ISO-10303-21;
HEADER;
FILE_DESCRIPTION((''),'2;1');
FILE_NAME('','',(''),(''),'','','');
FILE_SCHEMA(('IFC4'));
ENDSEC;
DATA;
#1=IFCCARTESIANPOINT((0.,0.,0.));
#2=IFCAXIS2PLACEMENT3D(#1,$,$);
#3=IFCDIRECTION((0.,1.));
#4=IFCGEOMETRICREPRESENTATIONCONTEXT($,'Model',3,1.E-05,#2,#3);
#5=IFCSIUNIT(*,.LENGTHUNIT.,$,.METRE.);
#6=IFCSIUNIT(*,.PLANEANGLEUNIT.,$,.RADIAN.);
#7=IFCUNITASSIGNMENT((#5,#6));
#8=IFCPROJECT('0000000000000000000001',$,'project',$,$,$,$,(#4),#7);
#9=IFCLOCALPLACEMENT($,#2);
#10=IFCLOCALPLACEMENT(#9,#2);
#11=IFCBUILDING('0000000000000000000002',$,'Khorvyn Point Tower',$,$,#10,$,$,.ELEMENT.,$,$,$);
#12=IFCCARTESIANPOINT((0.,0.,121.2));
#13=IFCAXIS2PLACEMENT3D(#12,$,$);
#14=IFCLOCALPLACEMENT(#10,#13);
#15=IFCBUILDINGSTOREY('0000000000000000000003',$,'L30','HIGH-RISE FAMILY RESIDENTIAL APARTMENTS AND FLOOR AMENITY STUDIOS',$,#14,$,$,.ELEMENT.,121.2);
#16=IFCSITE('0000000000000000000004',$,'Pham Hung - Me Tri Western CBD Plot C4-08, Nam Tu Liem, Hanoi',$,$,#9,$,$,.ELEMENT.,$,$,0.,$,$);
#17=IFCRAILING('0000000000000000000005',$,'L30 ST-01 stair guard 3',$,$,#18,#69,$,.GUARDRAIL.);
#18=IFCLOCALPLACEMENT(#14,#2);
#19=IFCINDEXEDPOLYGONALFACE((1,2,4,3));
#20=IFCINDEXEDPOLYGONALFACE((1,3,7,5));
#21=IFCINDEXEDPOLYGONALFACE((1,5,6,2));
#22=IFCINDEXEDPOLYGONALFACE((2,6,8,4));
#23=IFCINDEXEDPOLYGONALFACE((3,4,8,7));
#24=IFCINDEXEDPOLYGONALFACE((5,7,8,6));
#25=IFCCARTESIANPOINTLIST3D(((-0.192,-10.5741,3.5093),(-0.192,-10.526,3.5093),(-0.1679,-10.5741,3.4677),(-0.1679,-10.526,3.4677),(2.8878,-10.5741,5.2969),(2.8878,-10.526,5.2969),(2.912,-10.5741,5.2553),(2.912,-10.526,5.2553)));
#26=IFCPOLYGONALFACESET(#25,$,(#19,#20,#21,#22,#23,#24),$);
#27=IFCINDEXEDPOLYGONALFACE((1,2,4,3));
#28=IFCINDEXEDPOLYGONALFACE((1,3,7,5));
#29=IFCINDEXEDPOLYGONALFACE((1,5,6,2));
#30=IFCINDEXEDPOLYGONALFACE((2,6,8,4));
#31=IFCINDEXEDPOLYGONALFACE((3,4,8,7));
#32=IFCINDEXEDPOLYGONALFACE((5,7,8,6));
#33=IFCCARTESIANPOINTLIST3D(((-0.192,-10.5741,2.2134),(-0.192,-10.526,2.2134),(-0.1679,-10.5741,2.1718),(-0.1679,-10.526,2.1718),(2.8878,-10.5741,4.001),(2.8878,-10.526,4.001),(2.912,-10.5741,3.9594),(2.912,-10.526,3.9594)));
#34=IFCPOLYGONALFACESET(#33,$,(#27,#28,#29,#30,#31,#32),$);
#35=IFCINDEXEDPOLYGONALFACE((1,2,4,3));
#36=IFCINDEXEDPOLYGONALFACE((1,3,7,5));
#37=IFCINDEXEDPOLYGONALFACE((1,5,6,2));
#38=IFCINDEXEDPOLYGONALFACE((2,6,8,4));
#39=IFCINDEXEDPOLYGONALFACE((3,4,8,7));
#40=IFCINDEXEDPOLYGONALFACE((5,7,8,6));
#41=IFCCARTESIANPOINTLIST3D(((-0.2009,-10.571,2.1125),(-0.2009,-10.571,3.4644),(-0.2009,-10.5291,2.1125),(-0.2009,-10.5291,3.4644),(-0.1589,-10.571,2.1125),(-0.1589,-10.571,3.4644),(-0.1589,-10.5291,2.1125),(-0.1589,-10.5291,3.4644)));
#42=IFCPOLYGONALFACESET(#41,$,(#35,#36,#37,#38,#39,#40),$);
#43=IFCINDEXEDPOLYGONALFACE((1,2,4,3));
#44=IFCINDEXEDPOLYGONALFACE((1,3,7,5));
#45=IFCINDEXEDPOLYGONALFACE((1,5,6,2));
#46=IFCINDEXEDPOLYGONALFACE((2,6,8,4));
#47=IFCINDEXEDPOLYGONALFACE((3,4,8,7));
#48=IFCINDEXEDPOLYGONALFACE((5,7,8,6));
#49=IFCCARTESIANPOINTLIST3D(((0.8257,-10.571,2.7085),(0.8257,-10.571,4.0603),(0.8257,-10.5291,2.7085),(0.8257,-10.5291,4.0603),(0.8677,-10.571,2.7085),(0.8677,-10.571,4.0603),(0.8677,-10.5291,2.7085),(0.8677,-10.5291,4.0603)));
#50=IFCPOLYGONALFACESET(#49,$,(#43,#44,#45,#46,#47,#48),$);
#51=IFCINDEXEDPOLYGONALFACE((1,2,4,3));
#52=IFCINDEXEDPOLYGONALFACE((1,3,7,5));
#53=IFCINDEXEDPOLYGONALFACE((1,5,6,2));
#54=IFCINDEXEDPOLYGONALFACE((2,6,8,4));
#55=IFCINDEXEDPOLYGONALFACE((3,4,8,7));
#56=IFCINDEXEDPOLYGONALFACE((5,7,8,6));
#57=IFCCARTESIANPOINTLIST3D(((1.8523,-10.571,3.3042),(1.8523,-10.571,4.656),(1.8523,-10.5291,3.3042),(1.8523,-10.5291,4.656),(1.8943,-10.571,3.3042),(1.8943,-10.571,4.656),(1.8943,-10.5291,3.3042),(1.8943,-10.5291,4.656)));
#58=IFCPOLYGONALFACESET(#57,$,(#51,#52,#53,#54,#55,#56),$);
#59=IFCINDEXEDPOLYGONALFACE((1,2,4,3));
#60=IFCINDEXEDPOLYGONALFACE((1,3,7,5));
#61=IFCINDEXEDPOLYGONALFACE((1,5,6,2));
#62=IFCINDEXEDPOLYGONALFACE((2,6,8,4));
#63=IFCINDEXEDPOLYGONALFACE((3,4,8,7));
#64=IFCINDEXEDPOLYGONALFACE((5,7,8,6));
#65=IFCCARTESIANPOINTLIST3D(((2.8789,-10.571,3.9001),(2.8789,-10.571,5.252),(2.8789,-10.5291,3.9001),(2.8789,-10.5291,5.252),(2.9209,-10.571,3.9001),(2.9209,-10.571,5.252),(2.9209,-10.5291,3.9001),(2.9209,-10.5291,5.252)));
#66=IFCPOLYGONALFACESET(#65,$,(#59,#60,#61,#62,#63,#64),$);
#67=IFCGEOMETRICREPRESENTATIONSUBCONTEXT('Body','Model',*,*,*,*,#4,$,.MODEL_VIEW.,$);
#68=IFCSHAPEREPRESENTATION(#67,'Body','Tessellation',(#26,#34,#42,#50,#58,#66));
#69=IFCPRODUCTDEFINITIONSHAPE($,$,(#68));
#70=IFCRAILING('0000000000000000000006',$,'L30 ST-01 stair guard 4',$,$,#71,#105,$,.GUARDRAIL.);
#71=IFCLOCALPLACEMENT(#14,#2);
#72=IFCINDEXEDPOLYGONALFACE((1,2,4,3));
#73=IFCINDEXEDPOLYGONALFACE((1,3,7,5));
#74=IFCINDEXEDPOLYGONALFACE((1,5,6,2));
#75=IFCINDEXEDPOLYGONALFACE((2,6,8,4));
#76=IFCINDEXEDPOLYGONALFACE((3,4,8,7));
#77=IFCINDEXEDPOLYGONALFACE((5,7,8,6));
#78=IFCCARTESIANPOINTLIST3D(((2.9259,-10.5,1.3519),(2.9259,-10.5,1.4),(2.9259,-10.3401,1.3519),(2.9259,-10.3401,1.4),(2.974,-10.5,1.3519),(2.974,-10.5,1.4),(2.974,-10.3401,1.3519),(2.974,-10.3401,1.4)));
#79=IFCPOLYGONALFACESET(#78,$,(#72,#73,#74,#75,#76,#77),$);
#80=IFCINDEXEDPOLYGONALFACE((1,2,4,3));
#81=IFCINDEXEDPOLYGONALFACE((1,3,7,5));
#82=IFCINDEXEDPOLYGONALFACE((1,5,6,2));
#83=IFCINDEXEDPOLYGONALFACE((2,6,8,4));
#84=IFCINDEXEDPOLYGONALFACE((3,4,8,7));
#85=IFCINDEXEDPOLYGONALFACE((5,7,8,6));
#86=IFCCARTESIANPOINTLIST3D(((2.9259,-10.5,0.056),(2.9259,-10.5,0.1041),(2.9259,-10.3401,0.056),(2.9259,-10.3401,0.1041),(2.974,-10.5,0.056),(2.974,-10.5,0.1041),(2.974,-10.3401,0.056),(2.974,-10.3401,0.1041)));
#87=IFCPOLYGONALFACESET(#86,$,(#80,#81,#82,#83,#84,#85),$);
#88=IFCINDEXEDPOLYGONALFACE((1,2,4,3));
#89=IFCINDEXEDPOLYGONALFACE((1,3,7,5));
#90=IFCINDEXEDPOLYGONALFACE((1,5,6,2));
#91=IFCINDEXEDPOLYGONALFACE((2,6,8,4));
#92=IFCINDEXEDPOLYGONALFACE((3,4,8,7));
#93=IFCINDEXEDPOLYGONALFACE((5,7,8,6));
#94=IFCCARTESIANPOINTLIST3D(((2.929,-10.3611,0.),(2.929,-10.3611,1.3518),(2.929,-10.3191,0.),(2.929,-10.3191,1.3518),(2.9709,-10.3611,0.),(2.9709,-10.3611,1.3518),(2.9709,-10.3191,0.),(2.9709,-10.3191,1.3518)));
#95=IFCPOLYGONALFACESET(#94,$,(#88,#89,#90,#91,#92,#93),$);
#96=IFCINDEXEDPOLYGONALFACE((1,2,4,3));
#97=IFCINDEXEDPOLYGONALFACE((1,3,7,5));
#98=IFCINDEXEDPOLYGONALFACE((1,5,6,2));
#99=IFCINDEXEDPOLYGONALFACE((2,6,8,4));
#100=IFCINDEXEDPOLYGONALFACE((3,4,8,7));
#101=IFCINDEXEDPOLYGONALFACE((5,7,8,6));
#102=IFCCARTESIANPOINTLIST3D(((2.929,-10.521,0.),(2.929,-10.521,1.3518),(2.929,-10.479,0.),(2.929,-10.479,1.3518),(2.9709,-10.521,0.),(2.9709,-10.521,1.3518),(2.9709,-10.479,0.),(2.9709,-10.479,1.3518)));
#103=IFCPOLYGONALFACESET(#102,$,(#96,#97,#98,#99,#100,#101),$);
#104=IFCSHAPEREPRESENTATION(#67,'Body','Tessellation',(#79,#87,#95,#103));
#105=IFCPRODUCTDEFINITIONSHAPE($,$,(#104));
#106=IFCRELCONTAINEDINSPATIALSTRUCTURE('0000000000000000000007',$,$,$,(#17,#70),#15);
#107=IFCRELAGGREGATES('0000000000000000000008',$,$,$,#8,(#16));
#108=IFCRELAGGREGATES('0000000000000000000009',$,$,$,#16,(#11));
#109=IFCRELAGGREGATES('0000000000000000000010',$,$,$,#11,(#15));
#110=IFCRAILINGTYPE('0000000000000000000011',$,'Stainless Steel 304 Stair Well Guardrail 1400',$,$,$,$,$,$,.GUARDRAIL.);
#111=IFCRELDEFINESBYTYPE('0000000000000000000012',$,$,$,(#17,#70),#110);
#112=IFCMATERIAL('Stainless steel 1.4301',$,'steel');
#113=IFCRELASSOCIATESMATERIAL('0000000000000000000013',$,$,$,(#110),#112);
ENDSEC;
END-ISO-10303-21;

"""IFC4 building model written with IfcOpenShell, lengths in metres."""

from ifc_helpers import new_model, si_unit, direction, frame, origin, origin_2d, place, context, subcontext, project, spatial, rectangle, extrude, material, type_object, element, save


model = new_model("IFC4")

# Units and contexts
model_context = context("Model", 3, precision=1e-05, world=origin(), true_north=direction((0.0, 1.0)))
body_context = subcontext(model_context, "Body", "Model", "MODEL_VIEW")
ifc_project = project(units=[si_unit("LENGTHUNIT", "METRE"), si_unit("PLANEANGLEUNIT", "RADIAN")], contexts=[model_context])

# Site, building, storey
site_placement = place(None, origin())
site = spatial("IfcSite", under=ifc_project, at=site_placement, Name="Pham Hung - Me Tri Western CBD Plot C4-08, Nam Tu Liem, Hanoi", CompositionType="ELEMENT", RefElevation=0.0)
building_placement = place(site_placement, origin())
building = spatial("IfcBuilding", under=site, at=building_placement, Name="Khorvyn Point Tower", CompositionType="ELEMENT")
storey_placement = place(building_placement, frame((0.0, 0.0, 121.2)))
storey = spatial("IfcBuildingStorey", under=building, at=storey_placement, Name="L30", Description="HIGH-RISE FAMILY RESIDENTIAL APARTMENTS AND FLOOR AMENITY STUDIOS", CompositionType="ELEMENT", Elevation=121.2)

# Railings
ifc_material_1 = material(Name="Stainless steel 1.4301", Category="steel")
railing_type_1 = type_object("IfcRailingType", Name="Stainless Steel 304 Stair Well Guardrail 1400", PredefinedType="GUARDRAIL", material=ifc_material_1)
railing_1_placement = place(storey_placement, frame((-0.1799, -10.55, 2.1125)))
element("IfcRailing", 1, at=railing_1_placement, inside=storey, type_object=railing_type_1, Name="L30 ST-01 stair guard 3", PredefinedType="GUARDRAIL", context=body_context, shape_type="SweptSolid", body=[
    extrude(rectangle(XDim=0.0481, YDim=0.0481, at=origin_2d()), frame((0.0, 0.0, 1.376), z_axis=(0.864873, 0.0, 0.50199), x_axis=(0.0, 1.0, 0.0)), (0.0, 0.0, 1.0), 3.561),
    extrude(rectangle(XDim=0.0481, YDim=0.0481, at=origin_2d()), frame((0.0, 0.0, 0.0801), z_axis=(0.864873, 0.0, 0.50199), x_axis=(0.0, 1.0, 0.0)), (0.0, 0.0, 1.0), 3.561),
    extrude(rectangle(XDim=0.042, YDim=0.042, at=origin_2d()), origin(), (0.0, 0.0, 1.0), 1.3518),
    extrude(rectangle(XDim=0.042, YDim=0.042, at=origin_2d()), frame((1.0266, 0.0, 0.5959)), (0.0, 0.0, 1.0), 1.3518),
    extrude(rectangle(XDim=0.042, YDim=0.042, at=origin_2d()), frame((2.0532, 0.0, 1.1917)), (0.0, 0.0, 1.0), 1.3518),
    extrude(rectangle(XDim=0.042, YDim=0.042, at=origin_2d()), frame((3.0798, 0.0, 1.7876)), (0.0, 0.0, 1.0), 1.3518),
])
railing_2_placement = place(storey_placement, frame((2.95, -10.3401, 0.0)))
element("IfcRailing", 2, at=railing_2_placement, inside=storey, type_object=railing_type_1, Name="L30 ST-01 stair guard 4", PredefinedType="GUARDRAIL", context=body_context, shape_type="SweptSolid", body=[
    extrude(rectangle(XDim=0.0481, YDim=0.0481, at=origin_2d()), frame((0.0, 0.0, 1.376), z_axis=(0.0, -1.0, 0.0), x_axis=(1.0, 0.0, 0.0)), (0.0, 0.0, 1.0), 0.1599),
    extrude(rectangle(XDim=0.0481, YDim=0.0481, at=origin_2d()), frame((0.0, 0.0, 0.0801), z_axis=(0.0, -1.0, 0.0), x_axis=(1.0, 0.0, 0.0)), (0.0, 0.0, 1.0), 0.1599),
    extrude(rectangle(XDim=0.042, YDim=0.042, at=origin_2d()), origin(), (0.0, 0.0, 1.0), 1.3518),
    extrude(rectangle(XDim=0.042, YDim=0.042, at=origin_2d()), frame((0.0, -0.1599, 0.0)), (0.0, 0.0, 1.0), 1.3518),
])

save(model, "model.ifc")
